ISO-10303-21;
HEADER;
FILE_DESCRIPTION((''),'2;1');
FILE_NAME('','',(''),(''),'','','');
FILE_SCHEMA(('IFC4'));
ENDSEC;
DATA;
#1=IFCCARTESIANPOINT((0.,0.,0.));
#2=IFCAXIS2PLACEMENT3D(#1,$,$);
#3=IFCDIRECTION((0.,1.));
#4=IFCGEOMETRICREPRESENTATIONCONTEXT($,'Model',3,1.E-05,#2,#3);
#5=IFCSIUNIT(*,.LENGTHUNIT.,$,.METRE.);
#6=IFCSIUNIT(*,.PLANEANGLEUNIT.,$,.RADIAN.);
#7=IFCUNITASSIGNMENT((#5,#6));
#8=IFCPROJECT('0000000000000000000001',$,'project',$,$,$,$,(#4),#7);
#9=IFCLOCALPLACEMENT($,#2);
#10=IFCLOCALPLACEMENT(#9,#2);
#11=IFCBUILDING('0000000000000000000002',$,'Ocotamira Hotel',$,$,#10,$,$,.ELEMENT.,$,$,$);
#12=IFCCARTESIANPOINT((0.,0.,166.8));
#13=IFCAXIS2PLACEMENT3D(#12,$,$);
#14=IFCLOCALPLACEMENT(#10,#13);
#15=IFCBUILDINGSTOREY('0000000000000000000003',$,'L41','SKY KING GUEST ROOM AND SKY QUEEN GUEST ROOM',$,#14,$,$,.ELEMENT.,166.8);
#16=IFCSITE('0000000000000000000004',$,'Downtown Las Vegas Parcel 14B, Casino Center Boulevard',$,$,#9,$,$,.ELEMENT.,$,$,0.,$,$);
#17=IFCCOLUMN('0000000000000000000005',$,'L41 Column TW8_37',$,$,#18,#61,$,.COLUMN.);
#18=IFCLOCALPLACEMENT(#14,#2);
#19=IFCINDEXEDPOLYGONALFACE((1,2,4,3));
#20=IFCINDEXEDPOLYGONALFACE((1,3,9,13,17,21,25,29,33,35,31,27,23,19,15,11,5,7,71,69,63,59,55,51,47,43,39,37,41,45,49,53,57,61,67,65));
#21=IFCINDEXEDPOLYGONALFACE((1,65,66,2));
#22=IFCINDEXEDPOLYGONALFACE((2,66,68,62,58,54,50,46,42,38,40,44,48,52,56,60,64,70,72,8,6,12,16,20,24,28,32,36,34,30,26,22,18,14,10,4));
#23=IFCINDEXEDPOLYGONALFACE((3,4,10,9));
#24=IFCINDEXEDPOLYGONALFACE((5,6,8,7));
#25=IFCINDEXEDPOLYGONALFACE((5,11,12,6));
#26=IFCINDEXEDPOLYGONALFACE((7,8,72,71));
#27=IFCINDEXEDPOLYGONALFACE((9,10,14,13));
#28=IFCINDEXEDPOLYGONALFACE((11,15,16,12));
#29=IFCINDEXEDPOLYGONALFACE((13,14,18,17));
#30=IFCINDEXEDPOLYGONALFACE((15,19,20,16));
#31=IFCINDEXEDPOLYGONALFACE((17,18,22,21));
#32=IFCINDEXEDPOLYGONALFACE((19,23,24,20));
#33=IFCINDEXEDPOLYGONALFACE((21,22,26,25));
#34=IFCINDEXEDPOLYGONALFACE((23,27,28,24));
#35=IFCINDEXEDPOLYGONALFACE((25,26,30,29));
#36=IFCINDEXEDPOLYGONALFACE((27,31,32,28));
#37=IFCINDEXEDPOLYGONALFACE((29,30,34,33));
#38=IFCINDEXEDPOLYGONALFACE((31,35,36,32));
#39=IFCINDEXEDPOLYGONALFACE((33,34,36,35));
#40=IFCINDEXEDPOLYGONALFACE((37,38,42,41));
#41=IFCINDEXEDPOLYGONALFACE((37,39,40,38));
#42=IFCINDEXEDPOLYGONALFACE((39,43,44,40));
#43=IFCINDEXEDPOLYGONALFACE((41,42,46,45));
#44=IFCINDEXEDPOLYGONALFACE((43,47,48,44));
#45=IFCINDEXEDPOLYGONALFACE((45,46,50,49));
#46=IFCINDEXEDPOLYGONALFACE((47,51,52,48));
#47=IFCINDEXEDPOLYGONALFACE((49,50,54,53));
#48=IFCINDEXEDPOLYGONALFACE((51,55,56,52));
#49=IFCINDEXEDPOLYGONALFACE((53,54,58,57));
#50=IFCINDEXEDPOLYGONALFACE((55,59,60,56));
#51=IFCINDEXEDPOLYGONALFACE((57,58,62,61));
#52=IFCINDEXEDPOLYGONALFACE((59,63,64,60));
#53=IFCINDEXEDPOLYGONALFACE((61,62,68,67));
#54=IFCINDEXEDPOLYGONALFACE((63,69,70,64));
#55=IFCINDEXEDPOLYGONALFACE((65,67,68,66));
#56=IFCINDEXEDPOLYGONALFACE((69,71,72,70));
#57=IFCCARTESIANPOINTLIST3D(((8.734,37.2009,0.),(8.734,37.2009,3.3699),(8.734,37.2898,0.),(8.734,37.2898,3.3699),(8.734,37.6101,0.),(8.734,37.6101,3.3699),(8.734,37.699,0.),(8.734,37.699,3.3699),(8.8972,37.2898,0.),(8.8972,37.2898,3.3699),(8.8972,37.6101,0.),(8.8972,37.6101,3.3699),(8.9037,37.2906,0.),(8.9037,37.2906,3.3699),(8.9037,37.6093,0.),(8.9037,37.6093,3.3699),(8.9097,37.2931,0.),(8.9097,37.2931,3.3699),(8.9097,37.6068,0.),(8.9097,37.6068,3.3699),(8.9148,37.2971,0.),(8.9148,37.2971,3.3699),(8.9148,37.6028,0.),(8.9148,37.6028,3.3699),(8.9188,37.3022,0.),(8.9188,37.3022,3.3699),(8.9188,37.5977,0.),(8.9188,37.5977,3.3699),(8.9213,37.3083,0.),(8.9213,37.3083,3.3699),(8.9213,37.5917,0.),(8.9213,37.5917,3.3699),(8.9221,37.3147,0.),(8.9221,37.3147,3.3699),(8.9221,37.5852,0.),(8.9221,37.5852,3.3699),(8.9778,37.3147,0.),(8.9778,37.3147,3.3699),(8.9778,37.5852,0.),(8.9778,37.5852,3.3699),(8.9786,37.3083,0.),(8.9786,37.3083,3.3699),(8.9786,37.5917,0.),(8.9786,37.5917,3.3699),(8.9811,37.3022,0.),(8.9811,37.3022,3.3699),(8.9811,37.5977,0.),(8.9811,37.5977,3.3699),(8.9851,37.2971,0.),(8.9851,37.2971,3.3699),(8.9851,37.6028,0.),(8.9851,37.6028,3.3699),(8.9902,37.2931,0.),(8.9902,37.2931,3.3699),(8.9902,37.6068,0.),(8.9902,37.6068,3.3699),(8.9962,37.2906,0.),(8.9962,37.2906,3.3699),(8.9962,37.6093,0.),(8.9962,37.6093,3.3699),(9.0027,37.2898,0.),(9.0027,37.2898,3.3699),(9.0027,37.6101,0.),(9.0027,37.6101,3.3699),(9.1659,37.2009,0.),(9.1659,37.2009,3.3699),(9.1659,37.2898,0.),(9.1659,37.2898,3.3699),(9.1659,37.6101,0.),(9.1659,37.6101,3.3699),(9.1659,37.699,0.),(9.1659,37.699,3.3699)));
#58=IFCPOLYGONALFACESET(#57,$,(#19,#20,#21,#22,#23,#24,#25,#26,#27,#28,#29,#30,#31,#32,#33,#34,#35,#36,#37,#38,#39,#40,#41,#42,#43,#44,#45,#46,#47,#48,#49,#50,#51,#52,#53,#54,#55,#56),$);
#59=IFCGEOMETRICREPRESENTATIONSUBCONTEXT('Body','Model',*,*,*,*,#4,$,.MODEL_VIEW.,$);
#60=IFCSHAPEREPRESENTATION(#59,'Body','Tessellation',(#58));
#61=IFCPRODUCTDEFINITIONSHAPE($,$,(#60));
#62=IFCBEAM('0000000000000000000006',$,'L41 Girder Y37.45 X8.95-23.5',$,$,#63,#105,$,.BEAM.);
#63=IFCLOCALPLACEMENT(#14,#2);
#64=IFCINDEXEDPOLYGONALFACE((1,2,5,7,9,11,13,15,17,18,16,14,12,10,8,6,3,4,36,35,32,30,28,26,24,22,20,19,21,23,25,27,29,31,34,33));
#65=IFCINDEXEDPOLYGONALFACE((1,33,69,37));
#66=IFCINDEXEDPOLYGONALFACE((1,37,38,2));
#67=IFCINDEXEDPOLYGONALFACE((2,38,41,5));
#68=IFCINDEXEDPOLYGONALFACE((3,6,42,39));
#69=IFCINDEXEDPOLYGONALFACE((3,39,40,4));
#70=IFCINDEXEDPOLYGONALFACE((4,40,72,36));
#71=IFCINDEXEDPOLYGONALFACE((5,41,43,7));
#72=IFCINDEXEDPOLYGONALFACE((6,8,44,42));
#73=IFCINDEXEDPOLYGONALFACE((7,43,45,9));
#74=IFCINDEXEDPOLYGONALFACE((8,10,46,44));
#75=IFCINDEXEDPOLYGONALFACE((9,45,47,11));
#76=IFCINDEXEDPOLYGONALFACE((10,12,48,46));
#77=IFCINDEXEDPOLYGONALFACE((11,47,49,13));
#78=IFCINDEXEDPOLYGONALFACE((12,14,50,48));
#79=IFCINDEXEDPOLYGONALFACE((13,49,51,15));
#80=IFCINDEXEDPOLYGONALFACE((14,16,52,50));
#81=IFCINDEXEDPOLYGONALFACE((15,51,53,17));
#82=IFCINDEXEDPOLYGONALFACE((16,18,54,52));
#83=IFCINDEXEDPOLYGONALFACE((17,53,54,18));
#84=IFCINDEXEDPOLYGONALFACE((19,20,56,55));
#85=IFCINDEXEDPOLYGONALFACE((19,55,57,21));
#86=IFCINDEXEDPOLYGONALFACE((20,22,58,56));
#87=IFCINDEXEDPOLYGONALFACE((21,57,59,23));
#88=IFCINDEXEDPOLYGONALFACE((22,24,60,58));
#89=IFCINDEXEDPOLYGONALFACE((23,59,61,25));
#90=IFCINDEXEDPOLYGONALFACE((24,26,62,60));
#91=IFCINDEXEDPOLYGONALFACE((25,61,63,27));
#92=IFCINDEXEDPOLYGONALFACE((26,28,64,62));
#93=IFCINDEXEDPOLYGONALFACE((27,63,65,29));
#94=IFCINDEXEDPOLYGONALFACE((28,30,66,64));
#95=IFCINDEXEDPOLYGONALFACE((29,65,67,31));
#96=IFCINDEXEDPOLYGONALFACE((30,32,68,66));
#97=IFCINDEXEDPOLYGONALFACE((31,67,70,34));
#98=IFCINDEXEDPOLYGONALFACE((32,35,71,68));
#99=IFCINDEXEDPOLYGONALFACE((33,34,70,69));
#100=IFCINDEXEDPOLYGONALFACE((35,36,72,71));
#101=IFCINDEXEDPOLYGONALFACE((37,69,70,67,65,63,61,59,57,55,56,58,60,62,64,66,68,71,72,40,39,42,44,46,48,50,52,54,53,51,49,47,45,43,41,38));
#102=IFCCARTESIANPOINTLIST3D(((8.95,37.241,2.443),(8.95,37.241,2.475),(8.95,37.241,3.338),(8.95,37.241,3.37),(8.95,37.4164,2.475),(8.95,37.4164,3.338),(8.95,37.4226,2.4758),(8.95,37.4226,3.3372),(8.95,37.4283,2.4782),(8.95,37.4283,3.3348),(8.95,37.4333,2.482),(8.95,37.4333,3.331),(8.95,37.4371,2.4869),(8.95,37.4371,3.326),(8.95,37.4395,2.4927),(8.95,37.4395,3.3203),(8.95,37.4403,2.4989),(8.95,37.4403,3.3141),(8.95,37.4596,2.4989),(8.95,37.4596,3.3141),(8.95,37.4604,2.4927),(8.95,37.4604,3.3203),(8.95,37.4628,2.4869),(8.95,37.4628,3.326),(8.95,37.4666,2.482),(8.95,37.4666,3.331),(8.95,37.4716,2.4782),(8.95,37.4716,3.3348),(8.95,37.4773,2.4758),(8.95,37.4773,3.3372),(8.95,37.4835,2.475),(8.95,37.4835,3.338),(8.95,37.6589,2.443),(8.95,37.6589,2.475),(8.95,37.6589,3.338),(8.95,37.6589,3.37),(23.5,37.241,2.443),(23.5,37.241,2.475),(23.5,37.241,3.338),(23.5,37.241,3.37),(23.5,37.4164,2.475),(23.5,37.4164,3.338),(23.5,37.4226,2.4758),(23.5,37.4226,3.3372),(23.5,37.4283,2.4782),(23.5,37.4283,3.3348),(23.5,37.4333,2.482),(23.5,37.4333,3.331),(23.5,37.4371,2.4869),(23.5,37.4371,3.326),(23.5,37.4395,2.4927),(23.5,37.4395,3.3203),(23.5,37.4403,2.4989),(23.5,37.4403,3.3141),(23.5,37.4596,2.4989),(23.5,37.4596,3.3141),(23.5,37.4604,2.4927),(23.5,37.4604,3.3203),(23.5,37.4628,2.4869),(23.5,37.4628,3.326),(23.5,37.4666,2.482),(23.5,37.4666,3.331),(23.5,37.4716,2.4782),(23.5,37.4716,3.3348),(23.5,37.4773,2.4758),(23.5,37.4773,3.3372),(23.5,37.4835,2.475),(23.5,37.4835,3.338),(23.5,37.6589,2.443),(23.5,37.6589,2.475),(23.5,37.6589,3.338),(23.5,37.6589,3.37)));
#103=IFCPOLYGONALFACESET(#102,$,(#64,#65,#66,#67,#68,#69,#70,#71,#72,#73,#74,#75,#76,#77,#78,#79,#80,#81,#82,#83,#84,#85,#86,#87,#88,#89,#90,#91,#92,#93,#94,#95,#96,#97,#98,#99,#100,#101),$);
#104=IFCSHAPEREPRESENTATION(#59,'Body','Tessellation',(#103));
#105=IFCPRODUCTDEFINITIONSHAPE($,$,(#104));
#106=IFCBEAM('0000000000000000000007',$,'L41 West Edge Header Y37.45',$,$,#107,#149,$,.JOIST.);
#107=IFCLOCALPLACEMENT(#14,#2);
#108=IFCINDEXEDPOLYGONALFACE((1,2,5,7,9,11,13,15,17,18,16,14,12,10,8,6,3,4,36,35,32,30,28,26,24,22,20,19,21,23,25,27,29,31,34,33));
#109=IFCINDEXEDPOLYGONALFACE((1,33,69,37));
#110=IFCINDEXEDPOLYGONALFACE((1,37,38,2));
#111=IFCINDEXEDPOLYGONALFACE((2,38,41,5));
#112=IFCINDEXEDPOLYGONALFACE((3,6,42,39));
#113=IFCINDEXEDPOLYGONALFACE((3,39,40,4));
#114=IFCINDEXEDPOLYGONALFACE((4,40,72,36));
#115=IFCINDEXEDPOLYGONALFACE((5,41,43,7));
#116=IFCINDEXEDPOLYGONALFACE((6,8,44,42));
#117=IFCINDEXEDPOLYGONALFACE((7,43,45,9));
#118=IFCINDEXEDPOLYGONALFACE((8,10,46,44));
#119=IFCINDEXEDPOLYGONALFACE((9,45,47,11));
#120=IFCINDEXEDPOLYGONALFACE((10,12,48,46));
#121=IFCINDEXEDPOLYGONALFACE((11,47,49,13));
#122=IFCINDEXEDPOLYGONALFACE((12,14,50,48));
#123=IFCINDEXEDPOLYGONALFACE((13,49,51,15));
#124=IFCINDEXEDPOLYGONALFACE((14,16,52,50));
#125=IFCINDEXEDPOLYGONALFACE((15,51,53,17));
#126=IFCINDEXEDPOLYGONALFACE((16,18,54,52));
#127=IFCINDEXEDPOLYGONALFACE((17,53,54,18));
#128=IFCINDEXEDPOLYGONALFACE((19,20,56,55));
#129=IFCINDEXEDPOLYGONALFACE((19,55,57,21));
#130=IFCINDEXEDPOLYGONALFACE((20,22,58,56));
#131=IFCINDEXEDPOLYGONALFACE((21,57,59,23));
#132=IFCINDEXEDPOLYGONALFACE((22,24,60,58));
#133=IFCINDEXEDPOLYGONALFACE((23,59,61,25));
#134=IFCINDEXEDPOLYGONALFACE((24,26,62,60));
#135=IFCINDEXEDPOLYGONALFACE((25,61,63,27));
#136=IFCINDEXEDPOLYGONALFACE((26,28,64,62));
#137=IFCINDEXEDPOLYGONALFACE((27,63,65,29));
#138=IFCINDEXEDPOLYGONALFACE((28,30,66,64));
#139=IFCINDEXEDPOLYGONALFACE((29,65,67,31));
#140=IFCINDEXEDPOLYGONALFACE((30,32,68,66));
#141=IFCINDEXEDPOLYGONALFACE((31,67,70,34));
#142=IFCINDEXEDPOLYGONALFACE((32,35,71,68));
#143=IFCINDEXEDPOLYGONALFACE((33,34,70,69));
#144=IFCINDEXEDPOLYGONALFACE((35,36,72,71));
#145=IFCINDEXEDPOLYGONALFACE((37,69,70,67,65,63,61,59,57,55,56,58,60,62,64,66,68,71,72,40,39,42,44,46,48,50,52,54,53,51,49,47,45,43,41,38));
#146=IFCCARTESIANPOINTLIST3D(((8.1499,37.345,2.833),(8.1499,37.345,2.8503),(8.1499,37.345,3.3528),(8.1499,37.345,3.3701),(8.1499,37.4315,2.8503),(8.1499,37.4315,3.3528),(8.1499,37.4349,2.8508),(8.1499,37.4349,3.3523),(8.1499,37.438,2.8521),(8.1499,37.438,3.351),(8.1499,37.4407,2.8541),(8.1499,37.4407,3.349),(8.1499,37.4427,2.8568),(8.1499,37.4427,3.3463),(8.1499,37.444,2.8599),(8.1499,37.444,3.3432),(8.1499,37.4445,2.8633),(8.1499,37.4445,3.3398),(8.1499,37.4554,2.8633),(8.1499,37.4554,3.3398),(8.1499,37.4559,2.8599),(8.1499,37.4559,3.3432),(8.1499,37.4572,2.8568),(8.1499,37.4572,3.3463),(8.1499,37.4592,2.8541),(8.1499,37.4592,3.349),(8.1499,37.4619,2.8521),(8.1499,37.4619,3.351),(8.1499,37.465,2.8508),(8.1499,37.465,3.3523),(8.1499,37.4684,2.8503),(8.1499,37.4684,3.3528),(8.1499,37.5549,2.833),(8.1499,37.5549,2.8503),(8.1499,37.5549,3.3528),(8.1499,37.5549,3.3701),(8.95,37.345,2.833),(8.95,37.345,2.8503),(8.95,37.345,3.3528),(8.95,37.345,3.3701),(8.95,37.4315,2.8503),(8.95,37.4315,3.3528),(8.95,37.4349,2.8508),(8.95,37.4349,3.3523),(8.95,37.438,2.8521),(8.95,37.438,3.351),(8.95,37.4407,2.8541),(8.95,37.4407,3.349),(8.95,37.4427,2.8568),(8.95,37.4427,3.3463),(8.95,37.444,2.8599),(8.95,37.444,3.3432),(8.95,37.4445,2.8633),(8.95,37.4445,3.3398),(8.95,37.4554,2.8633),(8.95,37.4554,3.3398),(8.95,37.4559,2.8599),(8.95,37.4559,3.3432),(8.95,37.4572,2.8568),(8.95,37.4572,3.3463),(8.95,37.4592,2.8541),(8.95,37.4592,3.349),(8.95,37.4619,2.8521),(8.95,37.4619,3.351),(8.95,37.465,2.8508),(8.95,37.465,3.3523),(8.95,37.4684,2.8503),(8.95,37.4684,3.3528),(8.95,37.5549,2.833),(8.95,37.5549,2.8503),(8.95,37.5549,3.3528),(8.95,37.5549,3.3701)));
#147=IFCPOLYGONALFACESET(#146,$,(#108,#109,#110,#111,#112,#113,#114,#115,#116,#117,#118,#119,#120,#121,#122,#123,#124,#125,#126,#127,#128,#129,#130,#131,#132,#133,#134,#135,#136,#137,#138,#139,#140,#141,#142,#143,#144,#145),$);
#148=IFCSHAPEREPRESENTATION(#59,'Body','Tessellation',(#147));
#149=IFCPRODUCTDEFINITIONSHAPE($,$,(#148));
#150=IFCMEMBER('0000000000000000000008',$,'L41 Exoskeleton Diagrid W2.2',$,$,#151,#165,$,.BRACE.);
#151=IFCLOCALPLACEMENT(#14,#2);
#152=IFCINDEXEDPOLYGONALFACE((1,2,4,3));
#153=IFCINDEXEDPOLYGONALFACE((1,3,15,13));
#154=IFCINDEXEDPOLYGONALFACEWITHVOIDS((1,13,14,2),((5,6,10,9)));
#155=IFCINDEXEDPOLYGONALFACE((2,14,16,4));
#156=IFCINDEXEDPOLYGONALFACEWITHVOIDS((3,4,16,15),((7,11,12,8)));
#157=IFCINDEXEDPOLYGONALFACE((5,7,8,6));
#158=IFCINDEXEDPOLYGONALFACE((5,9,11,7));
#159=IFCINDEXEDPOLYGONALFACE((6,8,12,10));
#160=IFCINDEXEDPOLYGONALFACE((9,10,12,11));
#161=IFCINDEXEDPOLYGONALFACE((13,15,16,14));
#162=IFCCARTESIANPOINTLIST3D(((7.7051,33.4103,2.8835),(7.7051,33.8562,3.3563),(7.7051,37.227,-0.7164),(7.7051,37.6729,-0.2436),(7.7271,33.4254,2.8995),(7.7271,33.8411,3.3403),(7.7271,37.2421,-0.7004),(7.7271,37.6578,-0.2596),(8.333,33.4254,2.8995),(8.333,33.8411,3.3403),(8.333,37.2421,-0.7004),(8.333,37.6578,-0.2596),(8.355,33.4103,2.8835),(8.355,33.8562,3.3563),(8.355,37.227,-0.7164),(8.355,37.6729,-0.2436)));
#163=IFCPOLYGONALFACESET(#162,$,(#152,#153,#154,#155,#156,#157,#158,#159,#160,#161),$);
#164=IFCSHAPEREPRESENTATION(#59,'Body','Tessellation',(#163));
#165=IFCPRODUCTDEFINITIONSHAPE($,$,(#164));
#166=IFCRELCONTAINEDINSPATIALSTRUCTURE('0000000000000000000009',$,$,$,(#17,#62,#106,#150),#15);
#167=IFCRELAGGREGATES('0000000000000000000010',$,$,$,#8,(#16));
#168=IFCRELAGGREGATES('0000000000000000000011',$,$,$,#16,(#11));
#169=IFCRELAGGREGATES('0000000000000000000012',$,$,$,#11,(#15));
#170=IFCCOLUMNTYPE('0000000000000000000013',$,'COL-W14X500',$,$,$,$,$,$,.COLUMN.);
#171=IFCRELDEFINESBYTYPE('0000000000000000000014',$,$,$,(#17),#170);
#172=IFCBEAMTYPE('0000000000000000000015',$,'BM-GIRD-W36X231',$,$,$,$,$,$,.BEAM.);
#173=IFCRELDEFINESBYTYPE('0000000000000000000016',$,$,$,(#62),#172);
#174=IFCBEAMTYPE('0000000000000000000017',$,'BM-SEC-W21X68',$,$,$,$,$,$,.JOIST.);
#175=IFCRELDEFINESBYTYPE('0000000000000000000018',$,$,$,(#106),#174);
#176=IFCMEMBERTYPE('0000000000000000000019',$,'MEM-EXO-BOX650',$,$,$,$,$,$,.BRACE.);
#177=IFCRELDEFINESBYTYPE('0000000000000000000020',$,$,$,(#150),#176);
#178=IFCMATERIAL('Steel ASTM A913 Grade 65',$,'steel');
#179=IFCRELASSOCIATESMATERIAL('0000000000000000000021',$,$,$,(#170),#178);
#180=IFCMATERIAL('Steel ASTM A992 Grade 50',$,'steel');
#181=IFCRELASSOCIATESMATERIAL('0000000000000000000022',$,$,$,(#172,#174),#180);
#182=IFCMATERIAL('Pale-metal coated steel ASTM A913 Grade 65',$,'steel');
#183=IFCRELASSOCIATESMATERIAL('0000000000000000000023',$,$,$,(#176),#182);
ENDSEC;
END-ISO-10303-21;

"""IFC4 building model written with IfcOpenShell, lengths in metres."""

from ifc_helpers import new_model, si_unit, direction, frame, origin, origin_2d, place, context, subcontext, project, spatial, hollow_rectangle, i_section, extrude, source, transform, mapped, material, material_profile, profile_set, type_object, element, save


model = new_model("IFC4")

# Units and contexts
model_context = context("Model", 3, precision=1e-05, world=origin(), true_north=direction((0.0, 1.0)))
body_context = subcontext(model_context, "Body", "Model", "MODEL_VIEW")
ifc_project = project(units=[si_unit("LENGTHUNIT", "METRE"), si_unit("PLANEANGLEUNIT", "RADIAN")], contexts=[model_context])

# Site, building, storey
site_placement = place(None, origin())
site = spatial("IfcSite", under=ifc_project, at=site_placement, Name="Downtown Las Vegas Parcel 14B, Casino Center Boulevard", CompositionType="ELEMENT", RefElevation=0.0)
building_placement = place(site_placement, origin())
building = spatial("IfcBuilding", under=site, at=building_placement, Name="Ocotamira Hotel", CompositionType="ELEMENT")
storey_placement = place(building_placement, frame((0.0, 0.0, 166.8)))
storey = spatial("IfcBuildingStorey", under=building, at=storey_placement, Name="L41", Description="SKY KING GUEST ROOM AND SKY QUEEN GUEST ROOM", CompositionType="ELEMENT", Elevation=166.8)

# Column
ifc_material_1 = material(Name="Steel ASTM A913 Grade 65", Category="steel")
ifc_material_profile_1 = material_profile(ifc_material_1, i_section(OverallWidth=0.4319, OverallDepth=0.498, WebThickness=0.0557, FlangeThickness=0.0889, FilletRadius=0.0249, at=origin_2d()), Name="W14X500")
ifc_profile_set_1 = profile_set([ifc_material_profile_1], Name="Steel ASTM A913 Grade 65")
column_type = type_object("IfcColumnType", Name="COL-W14X500", PredefinedType="COLUMN", material=ifc_profile_set_1)
shared_shape_1 = source(origin(), body_context, "Body", "SweptSolid", [
    extrude(i_section(OverallWidth=0.4319, OverallDepth=0.498, WebThickness=0.0557, FlangeThickness=0.0889, FilletRadius=0.0249, at=origin_2d()), origin(), (0.0, 0.0, 1.0), 3.3699),
])
column_placement = place(storey_placement, frame((8.95, 37.45, 0.0), z_axis=(0.0, 0.0, 1.0), x_axis=(1.0, 0.0, 0.0)))
element("IfcColumn", 1, at=column_placement, inside=storey, type_object=column_type, Name="L41 Column TW8_37", PredefinedType="COLUMN", context=body_context, shape_type="MappedRepresentation", body=[
    mapped(shared_shape_1, transform((0.0, 0.0, 0.0), scale=1.0)),
])

# Beams
ifc_material_2 = material(Name="Steel ASTM A992 Grade 50", Category="steel")
ifc_material_profile_2 = material_profile(ifc_material_2, i_section(OverallWidth=0.418, OverallDepth=0.927, WebThickness=0.0193, FlangeThickness=0.032, FilletRadius=0.0239, at=origin_2d()), Name="W36X231")
ifc_profile_set_2 = profile_set([ifc_material_profile_2], Name="Steel ASTM A992 Grade 50")
beam_type_1 = type_object("IfcBeamType", Name="BM-GIRD-W36X231", PredefinedType="BEAM", material=ifc_profile_set_2)
shared_shape_2 = source(origin(), body_context, "Body", "SweptSolid", [
    extrude(i_section(OverallWidth=0.418, OverallDepth=0.927, WebThickness=0.0193, FlangeThickness=0.032, FilletRadius=0.0239, at=origin_2d()), origin(), (0.0, 0.0, 1.0), 14.55),
])
beam_1_placement = place(storey_placement, frame((8.95, 37.45, 2.9065), z_axis=(1.0, 0.0, 0.0), x_axis=(0.0, 1.0, 0.0)))
element("IfcBeam", 2, at=beam_1_placement, inside=storey, type_object=beam_type_1, Name="L41 Girder Y37.45 X8.95-23.5", PredefinedType="BEAM", context=body_context, shape_type="MappedRepresentation", body=[
    mapped(shared_shape_2, transform((0.0, 0.0, 0.0), scale=1.0)),
])
ifc_material_profile_3 = material_profile(ifc_material_2, i_section(OverallWidth=0.21, OverallDepth=0.5371, WebThickness=0.011, FlangeThickness=0.0173, FilletRadius=0.0129, at=origin_2d()), Name="W21X68")
ifc_profile_set_3 = profile_set([ifc_material_profile_3], Name="Steel ASTM A992 Grade 50")
beam_type_2 = type_object("IfcBeamType", Name="BM-SEC-W21X68", PredefinedType="JOIST", material=ifc_profile_set_3)
shared_shape_3 = source(origin(), body_context, "Body", "SweptSolid", [
    extrude(i_section(OverallWidth=0.21, OverallDepth=0.5371, WebThickness=0.011, FlangeThickness=0.0173, FilletRadius=0.0129, at=origin_2d()), origin(), (0.0, 0.0, 1.0), 0.8),
])
beam_2_placement = place(storey_placement, frame((8.95, 37.45, 3.1016), z_axis=(-1.0, 0.0, 0.0), x_axis=(0.0, -1.0, 0.0)))
element("IfcBeam", 3, at=beam_2_placement, inside=storey, type_object=beam_type_2, Name="L41 West Edge Header Y37.45", PredefinedType="JOIST", context=body_context, shape_type="MappedRepresentation", body=[
    mapped(shared_shape_3, transform((0.0, 0.0, 0.0), scale=1.0)),
])

# Member
ifc_material_3 = material(Name="Pale-metal coated steel ASTM A913 Grade 65", Category="steel")
ifc_material_profile_4 = material_profile(ifc_material_3, hollow_rectangle(XDim=0.6499, YDim=0.6499, WallThickness=0.022, at=origin_2d()), Name="BOX650X650X22")
ifc_profile_set_4 = profile_set([ifc_material_profile_4], Name="Pale-metal coated steel ASTM A913 Grade 65")
member_type_1 = type_object("IfcMemberType", Name="MEM-EXO-BOX650", PredefinedType="BRACE", material=ifc_profile_set_4)
shared_shape_4 = source(origin(), body_context, "Body", "SweptSolid", [
    extrude(hollow_rectangle(XDim=0.6499, YDim=0.6499, WallThickness=0.022, at=origin_2d()), origin(), (0.0, 0.0, 1.0), 5.2466),
])
member_1_placement = place(storey_placement, frame((8.03, 37.45, -0.48), z_axis=(0.0, -0.727466, 0.686144), x_axis=(1.0, 0.0, 0.0)))
element("IfcMember", 4, at=member_1_placement, inside=storey, type_object=member_type_1, Name="L41 Exoskeleton Diagrid W2.2", PredefinedType="BRACE", context=body_context, shape_type="MappedRepresentation", body=[
    mapped(shared_shape_4, transform((0.0, 0.0, 0.0), scale=1.0)),
])

save(model, "model.ifc")
